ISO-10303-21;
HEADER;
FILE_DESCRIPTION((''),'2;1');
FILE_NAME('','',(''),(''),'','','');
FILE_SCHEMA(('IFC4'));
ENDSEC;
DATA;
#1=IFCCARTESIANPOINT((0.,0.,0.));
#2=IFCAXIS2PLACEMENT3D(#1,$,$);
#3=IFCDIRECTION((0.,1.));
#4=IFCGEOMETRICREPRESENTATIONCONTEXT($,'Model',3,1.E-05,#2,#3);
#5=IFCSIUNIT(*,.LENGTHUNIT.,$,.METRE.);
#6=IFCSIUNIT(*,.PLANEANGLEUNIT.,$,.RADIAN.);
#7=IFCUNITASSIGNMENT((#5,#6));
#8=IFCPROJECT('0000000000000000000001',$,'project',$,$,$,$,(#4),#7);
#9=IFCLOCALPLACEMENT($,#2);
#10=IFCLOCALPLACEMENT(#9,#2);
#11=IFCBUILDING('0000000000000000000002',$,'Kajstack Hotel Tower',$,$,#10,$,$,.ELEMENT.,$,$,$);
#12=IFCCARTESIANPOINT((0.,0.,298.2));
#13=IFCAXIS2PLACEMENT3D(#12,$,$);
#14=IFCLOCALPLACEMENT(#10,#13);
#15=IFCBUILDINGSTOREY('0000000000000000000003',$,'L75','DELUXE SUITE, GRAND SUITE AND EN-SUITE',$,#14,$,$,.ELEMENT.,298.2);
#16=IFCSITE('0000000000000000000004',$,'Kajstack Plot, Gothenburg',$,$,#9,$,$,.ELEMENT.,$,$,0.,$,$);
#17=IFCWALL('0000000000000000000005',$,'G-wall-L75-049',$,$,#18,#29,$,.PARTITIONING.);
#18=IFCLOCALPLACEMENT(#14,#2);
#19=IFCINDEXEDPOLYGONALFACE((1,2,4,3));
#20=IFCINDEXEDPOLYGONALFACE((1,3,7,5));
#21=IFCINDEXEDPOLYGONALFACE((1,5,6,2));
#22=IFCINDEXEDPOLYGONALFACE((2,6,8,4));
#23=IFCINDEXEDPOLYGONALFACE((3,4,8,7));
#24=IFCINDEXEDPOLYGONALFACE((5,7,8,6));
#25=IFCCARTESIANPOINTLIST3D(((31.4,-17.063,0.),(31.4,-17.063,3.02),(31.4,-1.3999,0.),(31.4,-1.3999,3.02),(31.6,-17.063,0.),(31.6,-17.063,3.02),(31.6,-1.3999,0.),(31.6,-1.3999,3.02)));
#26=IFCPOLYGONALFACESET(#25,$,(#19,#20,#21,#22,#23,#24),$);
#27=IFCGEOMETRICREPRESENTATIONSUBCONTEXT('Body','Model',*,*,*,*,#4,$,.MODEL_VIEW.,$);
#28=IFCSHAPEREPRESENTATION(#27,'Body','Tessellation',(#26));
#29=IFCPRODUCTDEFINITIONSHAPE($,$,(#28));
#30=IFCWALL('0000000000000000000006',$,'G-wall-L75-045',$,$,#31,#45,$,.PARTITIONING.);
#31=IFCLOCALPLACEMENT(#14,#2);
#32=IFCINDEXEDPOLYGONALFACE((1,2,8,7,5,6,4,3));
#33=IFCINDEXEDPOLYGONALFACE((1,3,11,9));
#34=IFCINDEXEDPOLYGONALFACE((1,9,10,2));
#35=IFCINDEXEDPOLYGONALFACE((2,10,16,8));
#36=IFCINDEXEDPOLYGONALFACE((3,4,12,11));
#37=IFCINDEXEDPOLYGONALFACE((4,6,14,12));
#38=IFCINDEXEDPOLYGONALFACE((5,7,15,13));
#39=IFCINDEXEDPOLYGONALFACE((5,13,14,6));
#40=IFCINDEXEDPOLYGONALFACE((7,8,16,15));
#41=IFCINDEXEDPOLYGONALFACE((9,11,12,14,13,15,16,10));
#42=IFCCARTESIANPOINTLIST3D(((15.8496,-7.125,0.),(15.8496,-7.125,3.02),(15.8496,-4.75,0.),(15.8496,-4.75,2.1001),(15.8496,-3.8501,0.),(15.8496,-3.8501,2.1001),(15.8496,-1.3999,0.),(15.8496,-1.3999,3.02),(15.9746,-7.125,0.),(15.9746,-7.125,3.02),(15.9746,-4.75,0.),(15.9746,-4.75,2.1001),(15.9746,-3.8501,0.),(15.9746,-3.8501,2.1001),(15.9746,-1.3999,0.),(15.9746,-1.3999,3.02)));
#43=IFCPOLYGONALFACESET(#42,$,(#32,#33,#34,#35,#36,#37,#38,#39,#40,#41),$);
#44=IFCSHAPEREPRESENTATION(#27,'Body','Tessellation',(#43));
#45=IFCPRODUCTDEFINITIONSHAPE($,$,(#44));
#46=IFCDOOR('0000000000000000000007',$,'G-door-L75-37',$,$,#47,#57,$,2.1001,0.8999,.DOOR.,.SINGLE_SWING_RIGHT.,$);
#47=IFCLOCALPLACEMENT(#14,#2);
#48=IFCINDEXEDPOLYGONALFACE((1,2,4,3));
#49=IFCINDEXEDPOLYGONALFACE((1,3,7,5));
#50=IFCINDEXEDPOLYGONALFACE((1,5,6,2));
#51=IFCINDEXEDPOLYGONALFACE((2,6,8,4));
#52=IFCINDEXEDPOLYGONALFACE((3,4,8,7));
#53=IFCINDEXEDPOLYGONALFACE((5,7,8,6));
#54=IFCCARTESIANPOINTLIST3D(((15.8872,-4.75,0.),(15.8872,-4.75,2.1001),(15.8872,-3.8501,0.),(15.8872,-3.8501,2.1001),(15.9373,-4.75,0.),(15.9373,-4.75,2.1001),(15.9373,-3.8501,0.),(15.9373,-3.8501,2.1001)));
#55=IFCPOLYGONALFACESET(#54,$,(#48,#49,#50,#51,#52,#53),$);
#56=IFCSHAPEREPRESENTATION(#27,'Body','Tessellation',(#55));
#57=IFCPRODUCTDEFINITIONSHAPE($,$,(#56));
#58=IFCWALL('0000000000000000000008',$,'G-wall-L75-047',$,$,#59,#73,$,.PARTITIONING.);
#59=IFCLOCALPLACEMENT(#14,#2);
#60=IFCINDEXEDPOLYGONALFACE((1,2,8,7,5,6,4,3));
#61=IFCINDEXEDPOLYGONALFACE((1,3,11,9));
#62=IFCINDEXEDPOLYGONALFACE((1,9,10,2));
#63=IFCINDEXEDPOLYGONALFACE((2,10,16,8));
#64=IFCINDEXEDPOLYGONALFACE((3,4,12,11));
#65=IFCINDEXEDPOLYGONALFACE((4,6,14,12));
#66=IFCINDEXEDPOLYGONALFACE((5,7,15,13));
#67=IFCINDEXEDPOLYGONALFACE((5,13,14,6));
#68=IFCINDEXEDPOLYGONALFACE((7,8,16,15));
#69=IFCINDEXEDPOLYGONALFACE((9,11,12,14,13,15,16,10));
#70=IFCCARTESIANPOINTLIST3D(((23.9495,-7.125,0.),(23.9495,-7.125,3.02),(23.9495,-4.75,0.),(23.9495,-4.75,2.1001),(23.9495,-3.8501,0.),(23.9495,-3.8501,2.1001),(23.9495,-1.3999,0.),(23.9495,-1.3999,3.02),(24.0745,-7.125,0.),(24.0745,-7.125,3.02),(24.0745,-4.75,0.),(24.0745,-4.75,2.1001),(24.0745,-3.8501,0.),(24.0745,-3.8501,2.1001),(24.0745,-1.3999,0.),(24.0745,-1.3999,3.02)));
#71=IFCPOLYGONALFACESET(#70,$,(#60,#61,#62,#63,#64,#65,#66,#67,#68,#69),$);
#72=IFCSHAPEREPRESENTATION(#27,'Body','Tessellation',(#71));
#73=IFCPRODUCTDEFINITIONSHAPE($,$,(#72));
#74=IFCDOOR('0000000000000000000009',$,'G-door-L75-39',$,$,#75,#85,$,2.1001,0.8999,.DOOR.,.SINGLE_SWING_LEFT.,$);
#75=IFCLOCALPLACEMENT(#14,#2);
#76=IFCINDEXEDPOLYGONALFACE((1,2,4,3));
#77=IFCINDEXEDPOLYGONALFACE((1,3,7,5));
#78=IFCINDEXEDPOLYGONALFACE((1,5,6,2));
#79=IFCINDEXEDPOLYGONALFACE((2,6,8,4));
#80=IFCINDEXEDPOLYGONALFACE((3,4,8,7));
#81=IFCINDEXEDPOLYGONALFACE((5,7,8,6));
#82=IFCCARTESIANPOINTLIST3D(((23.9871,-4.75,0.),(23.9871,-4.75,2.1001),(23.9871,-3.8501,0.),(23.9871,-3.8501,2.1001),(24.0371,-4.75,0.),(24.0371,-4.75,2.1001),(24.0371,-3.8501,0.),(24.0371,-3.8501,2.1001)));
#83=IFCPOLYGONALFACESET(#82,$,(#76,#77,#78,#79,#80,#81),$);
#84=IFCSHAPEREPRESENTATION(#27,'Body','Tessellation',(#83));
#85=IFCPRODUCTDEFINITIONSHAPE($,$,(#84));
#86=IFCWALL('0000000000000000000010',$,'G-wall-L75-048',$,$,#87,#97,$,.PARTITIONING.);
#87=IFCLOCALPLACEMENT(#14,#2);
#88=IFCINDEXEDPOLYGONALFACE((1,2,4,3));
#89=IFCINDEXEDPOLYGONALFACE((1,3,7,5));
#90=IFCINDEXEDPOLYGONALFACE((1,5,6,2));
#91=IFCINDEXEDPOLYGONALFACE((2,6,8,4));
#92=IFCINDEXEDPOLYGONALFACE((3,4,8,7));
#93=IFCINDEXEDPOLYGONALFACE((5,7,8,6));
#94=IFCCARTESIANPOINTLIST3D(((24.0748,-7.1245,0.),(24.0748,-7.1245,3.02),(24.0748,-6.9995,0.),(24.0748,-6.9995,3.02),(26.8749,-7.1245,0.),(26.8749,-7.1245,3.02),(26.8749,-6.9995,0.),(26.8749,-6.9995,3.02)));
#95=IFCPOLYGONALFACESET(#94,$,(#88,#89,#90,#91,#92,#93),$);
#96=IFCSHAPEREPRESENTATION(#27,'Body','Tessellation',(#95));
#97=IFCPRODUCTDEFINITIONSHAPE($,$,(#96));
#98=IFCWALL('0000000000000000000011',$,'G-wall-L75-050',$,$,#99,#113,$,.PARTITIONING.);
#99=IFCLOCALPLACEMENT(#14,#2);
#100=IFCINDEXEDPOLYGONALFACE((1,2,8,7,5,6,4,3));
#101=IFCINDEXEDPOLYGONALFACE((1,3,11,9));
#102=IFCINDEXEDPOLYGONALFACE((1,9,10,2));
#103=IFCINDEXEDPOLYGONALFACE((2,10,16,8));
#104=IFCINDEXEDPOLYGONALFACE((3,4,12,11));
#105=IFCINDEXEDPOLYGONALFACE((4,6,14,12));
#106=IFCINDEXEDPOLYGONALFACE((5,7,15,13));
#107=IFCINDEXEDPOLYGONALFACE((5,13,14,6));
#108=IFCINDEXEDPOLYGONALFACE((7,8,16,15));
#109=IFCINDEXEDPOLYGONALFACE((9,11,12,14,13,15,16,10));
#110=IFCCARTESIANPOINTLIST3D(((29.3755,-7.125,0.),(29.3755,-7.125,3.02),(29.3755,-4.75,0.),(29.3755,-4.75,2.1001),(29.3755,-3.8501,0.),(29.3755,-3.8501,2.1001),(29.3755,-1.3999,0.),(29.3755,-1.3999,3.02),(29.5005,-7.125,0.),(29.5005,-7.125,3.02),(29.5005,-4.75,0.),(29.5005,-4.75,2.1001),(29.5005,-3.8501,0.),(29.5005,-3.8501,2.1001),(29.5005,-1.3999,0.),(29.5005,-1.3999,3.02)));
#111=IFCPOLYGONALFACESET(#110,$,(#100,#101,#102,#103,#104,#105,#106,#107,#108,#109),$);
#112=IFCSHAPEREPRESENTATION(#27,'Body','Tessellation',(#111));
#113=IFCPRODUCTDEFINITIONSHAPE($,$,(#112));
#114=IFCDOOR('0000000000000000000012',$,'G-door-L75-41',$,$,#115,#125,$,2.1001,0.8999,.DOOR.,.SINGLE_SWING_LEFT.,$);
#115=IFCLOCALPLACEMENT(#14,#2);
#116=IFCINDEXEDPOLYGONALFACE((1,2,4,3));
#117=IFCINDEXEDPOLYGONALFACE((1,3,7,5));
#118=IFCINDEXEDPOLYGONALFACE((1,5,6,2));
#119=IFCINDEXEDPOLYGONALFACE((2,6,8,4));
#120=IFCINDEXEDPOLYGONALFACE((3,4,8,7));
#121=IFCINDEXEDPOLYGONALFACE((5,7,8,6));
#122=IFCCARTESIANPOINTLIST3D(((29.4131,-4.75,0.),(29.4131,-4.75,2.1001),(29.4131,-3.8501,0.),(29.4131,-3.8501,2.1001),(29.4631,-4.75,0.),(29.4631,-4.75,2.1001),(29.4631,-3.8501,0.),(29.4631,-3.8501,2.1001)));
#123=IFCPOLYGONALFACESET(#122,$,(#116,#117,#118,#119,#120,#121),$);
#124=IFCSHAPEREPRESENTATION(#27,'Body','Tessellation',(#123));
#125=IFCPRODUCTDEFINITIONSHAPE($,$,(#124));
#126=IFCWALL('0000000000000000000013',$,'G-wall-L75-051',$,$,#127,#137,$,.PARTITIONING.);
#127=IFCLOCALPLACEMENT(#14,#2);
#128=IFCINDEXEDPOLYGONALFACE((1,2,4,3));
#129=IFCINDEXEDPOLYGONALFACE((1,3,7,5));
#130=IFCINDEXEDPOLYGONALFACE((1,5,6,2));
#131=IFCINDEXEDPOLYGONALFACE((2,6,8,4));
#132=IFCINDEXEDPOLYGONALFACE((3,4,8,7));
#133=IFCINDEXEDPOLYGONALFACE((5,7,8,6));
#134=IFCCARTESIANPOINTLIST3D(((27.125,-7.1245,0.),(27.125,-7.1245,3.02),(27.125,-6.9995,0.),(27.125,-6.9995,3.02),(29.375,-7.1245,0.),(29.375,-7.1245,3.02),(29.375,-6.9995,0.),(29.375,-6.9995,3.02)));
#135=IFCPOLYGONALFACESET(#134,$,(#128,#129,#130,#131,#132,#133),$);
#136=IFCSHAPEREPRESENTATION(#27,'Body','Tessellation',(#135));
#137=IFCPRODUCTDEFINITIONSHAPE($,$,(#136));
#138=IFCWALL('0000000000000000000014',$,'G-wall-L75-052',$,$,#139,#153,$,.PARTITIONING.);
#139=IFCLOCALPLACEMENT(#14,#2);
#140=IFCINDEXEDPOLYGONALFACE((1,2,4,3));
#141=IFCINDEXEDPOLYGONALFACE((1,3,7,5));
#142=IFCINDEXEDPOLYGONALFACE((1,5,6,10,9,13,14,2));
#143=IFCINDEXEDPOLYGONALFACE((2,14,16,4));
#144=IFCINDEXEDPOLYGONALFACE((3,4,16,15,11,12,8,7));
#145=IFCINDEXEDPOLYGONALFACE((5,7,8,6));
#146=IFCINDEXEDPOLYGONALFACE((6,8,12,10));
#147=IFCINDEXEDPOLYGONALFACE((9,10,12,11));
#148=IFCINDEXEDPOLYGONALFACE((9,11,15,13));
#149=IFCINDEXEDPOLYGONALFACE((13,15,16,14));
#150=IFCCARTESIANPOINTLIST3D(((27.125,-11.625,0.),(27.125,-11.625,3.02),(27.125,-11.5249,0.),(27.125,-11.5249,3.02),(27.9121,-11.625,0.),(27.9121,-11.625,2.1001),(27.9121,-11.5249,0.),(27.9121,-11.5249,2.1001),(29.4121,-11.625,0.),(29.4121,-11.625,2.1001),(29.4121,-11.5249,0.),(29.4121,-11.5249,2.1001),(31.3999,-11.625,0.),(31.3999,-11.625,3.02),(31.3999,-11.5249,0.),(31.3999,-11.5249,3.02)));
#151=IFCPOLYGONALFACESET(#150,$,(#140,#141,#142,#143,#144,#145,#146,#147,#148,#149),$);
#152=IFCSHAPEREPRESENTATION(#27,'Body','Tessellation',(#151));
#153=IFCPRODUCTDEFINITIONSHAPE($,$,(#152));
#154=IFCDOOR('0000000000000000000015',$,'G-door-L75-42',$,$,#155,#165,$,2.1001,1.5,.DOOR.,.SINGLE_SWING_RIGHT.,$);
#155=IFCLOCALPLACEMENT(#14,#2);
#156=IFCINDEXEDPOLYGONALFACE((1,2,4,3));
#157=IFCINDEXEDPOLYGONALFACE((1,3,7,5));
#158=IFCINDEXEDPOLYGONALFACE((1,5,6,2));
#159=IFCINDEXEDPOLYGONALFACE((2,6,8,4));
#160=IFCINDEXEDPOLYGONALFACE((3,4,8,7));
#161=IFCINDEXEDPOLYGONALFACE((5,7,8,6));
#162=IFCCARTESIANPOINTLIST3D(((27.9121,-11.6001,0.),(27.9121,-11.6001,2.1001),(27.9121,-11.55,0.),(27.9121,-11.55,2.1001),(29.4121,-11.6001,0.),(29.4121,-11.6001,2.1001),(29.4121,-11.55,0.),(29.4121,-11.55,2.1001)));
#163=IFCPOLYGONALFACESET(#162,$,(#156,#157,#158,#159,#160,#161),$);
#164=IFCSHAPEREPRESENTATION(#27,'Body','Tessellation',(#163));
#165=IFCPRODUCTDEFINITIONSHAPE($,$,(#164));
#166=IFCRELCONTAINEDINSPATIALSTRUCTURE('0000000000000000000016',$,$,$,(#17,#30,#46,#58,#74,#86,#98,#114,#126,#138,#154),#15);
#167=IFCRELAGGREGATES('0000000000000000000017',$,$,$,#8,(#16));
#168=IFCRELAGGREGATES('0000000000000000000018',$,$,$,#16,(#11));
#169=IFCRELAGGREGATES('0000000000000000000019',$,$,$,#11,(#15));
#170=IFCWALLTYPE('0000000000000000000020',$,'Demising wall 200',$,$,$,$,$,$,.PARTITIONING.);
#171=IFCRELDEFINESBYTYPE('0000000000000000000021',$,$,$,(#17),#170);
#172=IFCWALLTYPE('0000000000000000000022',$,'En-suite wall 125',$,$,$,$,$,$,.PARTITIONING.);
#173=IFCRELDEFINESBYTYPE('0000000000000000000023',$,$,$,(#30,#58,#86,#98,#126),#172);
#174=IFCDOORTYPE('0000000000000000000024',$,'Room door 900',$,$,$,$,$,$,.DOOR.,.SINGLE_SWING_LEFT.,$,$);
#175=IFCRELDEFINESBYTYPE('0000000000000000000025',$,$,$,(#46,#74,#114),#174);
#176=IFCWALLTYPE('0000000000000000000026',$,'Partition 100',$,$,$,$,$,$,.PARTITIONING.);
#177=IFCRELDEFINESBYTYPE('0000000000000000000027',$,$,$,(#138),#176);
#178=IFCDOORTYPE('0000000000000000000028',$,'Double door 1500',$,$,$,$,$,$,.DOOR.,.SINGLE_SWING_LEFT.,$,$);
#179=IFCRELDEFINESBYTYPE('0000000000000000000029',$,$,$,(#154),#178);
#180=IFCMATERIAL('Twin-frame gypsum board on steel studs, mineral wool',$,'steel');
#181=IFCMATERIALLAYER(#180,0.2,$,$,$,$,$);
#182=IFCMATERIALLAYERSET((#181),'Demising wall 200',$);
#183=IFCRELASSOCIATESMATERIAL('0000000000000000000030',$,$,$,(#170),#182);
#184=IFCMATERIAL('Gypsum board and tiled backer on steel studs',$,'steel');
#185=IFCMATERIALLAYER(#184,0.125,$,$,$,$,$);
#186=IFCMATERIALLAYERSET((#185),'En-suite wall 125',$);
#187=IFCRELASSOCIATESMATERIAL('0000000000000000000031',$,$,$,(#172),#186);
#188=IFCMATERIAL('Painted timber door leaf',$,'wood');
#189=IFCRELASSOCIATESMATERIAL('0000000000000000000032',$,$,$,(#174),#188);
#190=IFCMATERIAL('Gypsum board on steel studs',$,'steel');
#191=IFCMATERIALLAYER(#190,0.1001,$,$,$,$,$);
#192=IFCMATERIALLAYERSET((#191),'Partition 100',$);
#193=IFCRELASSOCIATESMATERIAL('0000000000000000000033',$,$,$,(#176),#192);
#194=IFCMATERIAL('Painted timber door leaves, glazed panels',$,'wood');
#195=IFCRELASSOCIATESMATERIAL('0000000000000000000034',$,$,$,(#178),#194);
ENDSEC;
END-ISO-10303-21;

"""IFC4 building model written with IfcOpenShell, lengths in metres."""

from ifc_helpers import new_model, si_unit, direction, frame, frame_2d, origin, place, context, subcontext, project, spatial, rectangle, extrude, material, layer, layer_set, type_object, element, fill, save


model = new_model("IFC4")

# Units and contexts
model_context = context("Model", 3, precision=1e-05, world=origin(), true_north=direction((0.0, 1.0)))
body_context = subcontext(model_context, "Body", "Model", "MODEL_VIEW")
ifc_project = project(units=[si_unit("LENGTHUNIT", "METRE"), si_unit("PLANEANGLEUNIT", "RADIAN")], contexts=[model_context])

# Site, building, storey
site_placement = place(None, origin())
site = spatial("IfcSite", under=ifc_project, at=site_placement, Name="Kajstack Plot, Gothenburg", CompositionType="ELEMENT", RefElevation=0.0)
building_placement = place(site_placement, origin())
building = spatial("IfcBuilding", under=site, at=building_placement, Name="Kajstack Hotel Tower", CompositionType="ELEMENT")
storey_placement = place(building_placement, frame((0.0, 0.0, 298.2)))
storey = spatial("IfcBuildingStorey", under=building, at=storey_placement, Name="L75", Description="DELUXE SUITE, GRAND SUITE AND EN-SUITE", CompositionType="ELEMENT", Elevation=298.2)

# Wall
ifc_material_1 = material(Name="Twin-frame gypsum board on steel studs, mineral wool", Category="steel")
ifc_layer_1 = layer(ifc_material_1, 0.2)
ifc_layer_set_1 = layer_set([ifc_layer_1], Name="Demising wall 200")
wall_type_1 = type_object("IfcWallType", Name="Demising wall 200", PredefinedType="PARTITIONING", material=ifc_layer_set_1)
wall_1_placement = place(storey_placement, frame((31.5, -17.063, 0.0), z_axis=(0.0, 0.0, 1.0), x_axis=(0.0, 1.0, 0.0)))
element("IfcWall", 1, at=wall_1_placement, inside=storey, type_object=wall_type_1, Name="G-wall-L75-049", PredefinedType="PARTITIONING", context=body_context, shape_type="SweptSolid", body=[
    extrude(rectangle(XDim=15.6631, YDim=0.2, at=frame_2d((7.8315, 0.0))), origin(), (0.0, 0.0, 1.0), 3.02),
])

# Walls, openings, doors
ifc_material_2 = material(Name="Gypsum board and tiled backer on steel studs", Category="steel")
ifc_layer_2 = layer(ifc_material_2, 0.125)
ifc_layer_set_2 = layer_set([ifc_layer_2], Name="En-suite wall 125")
wall_type_2 = type_object("IfcWallType", Name="En-suite wall 125", PredefinedType="PARTITIONING", material=ifc_layer_set_2)
wall_2_placement = place(storey_placement, frame((15.9121, -7.125, 0.0), z_axis=(0.0, 0.0, 1.0), x_axis=(0.0, 1.0, 0.0)))
wall_2 = element("IfcWall", 2, at=wall_2_placement, inside=storey, type_object=wall_type_2, Name="G-wall-L75-045", PredefinedType="PARTITIONING", context=body_context, shape_type="SweptSolid", body=[
    extrude(rectangle(XDim=5.7251, YDim=0.125, at=frame_2d((2.8625, 0.0))), origin(), (0.0, 0.0, 1.0), 3.02),
])
opening_1_placement = place(wall_2_placement, frame((2.375, 0.0, 0.0)))
opening_1 = element("IfcOpeningElement", 3, at=opening_1_placement, cuts=wall_2, PredefinedType="OPENING", context=body_context, shape_type="SweptSolid", body=[
    extrude(rectangle(XDim=0.8999, YDim=2.1001, at=frame_2d((0.45, 1.05))), frame((0.0, 0.0725, 0.0), z_axis=(0.0, -1.0, 0.0), x_axis=(1.0, 0.0, 0.0)), (0.0, 0.0, 1.0), 0.145),
])
ifc_material_3 = material(Name="Painted timber door leaf", Category="wood")
door_type_1 = type_object("IfcDoorType", Name="Room door 900", OperationType="SINGLE_SWING_LEFT", PredefinedType="DOOR", material=ifc_material_3)
door_1_placement = place(opening_1_placement, origin())
door_1 = element("IfcDoor", 4, at=door_1_placement, inside=storey, type_object=door_type_1, Name="G-door-L75-37", OperationType="SINGLE_SWING_RIGHT", OverallHeight=2.1001, OverallWidth=0.8999, PredefinedType="DOOR", context=body_context, shape_type="SweptSolid", body=[
    extrude(rectangle(XDim=0.8999, YDim=2.1001, at=frame_2d((0.45, 1.05))), frame((0.0, 0.0249, 0.0), z_axis=(0.0, -1.0, 0.0), x_axis=(1.0, 0.0, 0.0)), (0.0, 0.0, 1.0), 0.05),
])
fill(opening_1, door_1)
wall_3_placement = place(storey_placement, frame((24.012, -7.125, 0.0), z_axis=(0.0, 0.0, 1.0), x_axis=(0.0, 1.0, 0.0)))
wall_3 = element("IfcWall", 5, at=wall_3_placement, inside=storey, type_object=wall_type_2, Name="G-wall-L75-047", PredefinedType="PARTITIONING", context=body_context, shape_type="SweptSolid", body=[
    extrude(rectangle(XDim=5.7251, YDim=0.125, at=frame_2d((2.8625, 0.0))), origin(), (0.0, 0.0, 1.0), 3.02),
])
opening_2_placement = place(wall_3_placement, frame((2.375, 0.0, 0.0)))
opening_2 = element("IfcOpeningElement", 6, at=opening_2_placement, cuts=wall_3, PredefinedType="OPENING", context=body_context, shape_type="SweptSolid", body=[
    extrude(rectangle(XDim=0.8999, YDim=2.1001, at=frame_2d((0.45, 1.05))), frame((0.0, 0.0725, 0.0), z_axis=(0.0, -1.0, 0.0), x_axis=(1.0, 0.0, 0.0)), (0.0, 0.0, 1.0), 0.145),
])
door_2_placement = place(opening_2_placement, origin())
door_2 = element("IfcDoor", 7, at=door_2_placement, inside=storey, type_object=door_type_1, Name="G-door-L75-39", OperationType="SINGLE_SWING_LEFT", OverallHeight=2.1001, OverallWidth=0.8999, PredefinedType="DOOR", context=body_context, shape_type="SweptSolid", body=[
    extrude(rectangle(XDim=0.8999, YDim=2.1001, at=frame_2d((0.45, 1.05))), frame((0.0, 0.0249, 0.0), z_axis=(0.0, -1.0, 0.0), x_axis=(1.0, 0.0, 0.0)), (0.0, 0.0, 1.0), 0.05),
])
fill(opening_2, door_2)

# Wall
wall_4_placement = place(storey_placement, frame((24.075, -7.062, 0.0), z_axis=(0.0, 0.0, 1.0), x_axis=(1.0, 0.0, 0.0)))
element("IfcWall", 8, at=wall_4_placement, inside=storey, type_object=wall_type_2, Name="G-wall-L75-048", PredefinedType="PARTITIONING", context=body_context, shape_type="SweptSolid", body=[
    extrude(rectangle(XDim=2.8, YDim=0.125, at=frame_2d((1.3999, 0.0))), origin(), (0.0, 0.0, 1.0), 3.02),
])

# Wall, opening, door
wall_5_placement = place(storey_placement, frame((29.438, -7.125, 0.0), z_axis=(0.0, 0.0, 1.0), x_axis=(0.0, 1.0, 0.0)))
wall_5 = element("IfcWall", 9, at=wall_5_placement, inside=storey, type_object=wall_type_2, Name="G-wall-L75-050", PredefinedType="PARTITIONING", context=body_context, shape_type="SweptSolid", body=[
    extrude(rectangle(XDim=5.7251, YDim=0.125, at=frame_2d((2.8625, 0.0))), origin(), (0.0, 0.0, 1.0), 3.02),
])
opening_3_placement = place(wall_5_placement, frame((2.375, 0.0, 0.0)))
opening_3 = element("IfcOpeningElement", 10, at=opening_3_placement, cuts=wall_5, PredefinedType="OPENING", context=body_context, shape_type="SweptSolid", body=[
    extrude(rectangle(XDim=0.8999, YDim=2.1001, at=frame_2d((0.45, 1.05))), frame((0.0, 0.0725, 0.0), z_axis=(0.0, -1.0, 0.0), x_axis=(1.0, 0.0, 0.0)), (0.0, 0.0, 1.0), 0.145),
])
door_3_placement = place(opening_3_placement, origin())
door_3 = element("IfcDoor", 11, at=door_3_placement, inside=storey, type_object=door_type_1, Name="G-door-L75-41", OperationType="SINGLE_SWING_LEFT", OverallHeight=2.1001, OverallWidth=0.8999, PredefinedType="DOOR", context=body_context, shape_type="SweptSolid", body=[
    extrude(rectangle(XDim=0.8999, YDim=2.1001, at=frame_2d((0.45, 1.05))), frame((0.0, 0.0249, 0.0), z_axis=(0.0, -1.0, 0.0), x_axis=(1.0, 0.0, 0.0)), (0.0, 0.0, 1.0), 0.05),
])
fill(opening_3, door_3)

# Wall
wall_6_placement = place(storey_placement, frame((27.125, -7.062, 0.0), z_axis=(0.0, 0.0, 1.0), x_axis=(1.0, 0.0, 0.0)))
element("IfcWall", 12, at=wall_6_placement, inside=storey, type_object=wall_type_2, Name="G-wall-L75-051", PredefinedType="PARTITIONING", context=body_context, shape_type="SweptSolid", body=[
    extrude(rectangle(XDim=2.25, YDim=0.125, at=frame_2d((1.125, 0.0))), origin(), (0.0, 0.0, 1.0), 3.02),
])

# Wall, opening, door
ifc_material_4 = material(Name="Gypsum board on steel studs", Category="steel")
ifc_layer_3 = layer(ifc_material_4, 0.1001)
ifc_layer_set_3 = layer_set([ifc_layer_3], Name="Partition 100")
wall_type_3 = type_object("IfcWallType", Name="Partition 100", PredefinedType="PARTITIONING", material=ifc_layer_set_3)
wall_7_placement = place(storey_placement, frame((27.125, -11.575, 0.0), z_axis=(0.0, 0.0, 1.0), x_axis=(1.0, 0.0, 0.0)))
wall_7 = element("IfcWall", 13, at=wall_7_placement, inside=storey, type_object=wall_type_3, Name="G-wall-L75-052", PredefinedType="PARTITIONING", context=body_context, shape_type="SweptSolid", body=[
    extrude(rectangle(XDim=4.2749, YDim=0.1001, at=frame_2d((2.1375, 0.0))), origin(), (0.0, 0.0, 1.0), 3.02),
])
opening_4_placement = place(wall_7_placement, frame((0.7871, 0.0, 0.0)))
opening_4 = element("IfcOpeningElement", 14, at=opening_4_placement, cuts=wall_7, PredefinedType="OPENING", context=body_context, shape_type="SweptSolid", body=[
    extrude(rectangle(XDim=1.5, YDim=2.1001, at=frame_2d((0.75, 1.05))), frame((0.0, 0.0601, 0.0), z_axis=(0.0, -1.0, 0.0), x_axis=(1.0, 0.0, 0.0)), (0.0, 0.0, 1.0), 0.1201),
])
ifc_material_5 = material(Name="Painted timber door leaves, glazed panels", Category="wood")
door_type_2 = type_object("IfcDoorType", Name="Double door 1500", OperationType="SINGLE_SWING_LEFT", PredefinedType="DOOR", material=ifc_material_5)
door_4_placement = place(opening_4_placement, origin())
door_4 = element("IfcDoor", 15, at=door_4_placement, inside=storey, type_object=door_type_2, Name="G-door-L75-42", OperationType="SINGLE_SWING_RIGHT", OverallHeight=2.1001, OverallWidth=1.5, PredefinedType="DOOR", context=body_context, shape_type="SweptSolid", body=[
    extrude(rectangle(XDim=1.5, YDim=2.1001, at=frame_2d((0.75, 1.05))), frame((0.0, 0.0249, 0.0), z_axis=(0.0, -1.0, 0.0), x_axis=(1.0, 0.0, 0.0)), (0.0, 0.0, 1.0), 0.05),
])
fill(opening_4, door_4)

save(model, "model.ifc")
